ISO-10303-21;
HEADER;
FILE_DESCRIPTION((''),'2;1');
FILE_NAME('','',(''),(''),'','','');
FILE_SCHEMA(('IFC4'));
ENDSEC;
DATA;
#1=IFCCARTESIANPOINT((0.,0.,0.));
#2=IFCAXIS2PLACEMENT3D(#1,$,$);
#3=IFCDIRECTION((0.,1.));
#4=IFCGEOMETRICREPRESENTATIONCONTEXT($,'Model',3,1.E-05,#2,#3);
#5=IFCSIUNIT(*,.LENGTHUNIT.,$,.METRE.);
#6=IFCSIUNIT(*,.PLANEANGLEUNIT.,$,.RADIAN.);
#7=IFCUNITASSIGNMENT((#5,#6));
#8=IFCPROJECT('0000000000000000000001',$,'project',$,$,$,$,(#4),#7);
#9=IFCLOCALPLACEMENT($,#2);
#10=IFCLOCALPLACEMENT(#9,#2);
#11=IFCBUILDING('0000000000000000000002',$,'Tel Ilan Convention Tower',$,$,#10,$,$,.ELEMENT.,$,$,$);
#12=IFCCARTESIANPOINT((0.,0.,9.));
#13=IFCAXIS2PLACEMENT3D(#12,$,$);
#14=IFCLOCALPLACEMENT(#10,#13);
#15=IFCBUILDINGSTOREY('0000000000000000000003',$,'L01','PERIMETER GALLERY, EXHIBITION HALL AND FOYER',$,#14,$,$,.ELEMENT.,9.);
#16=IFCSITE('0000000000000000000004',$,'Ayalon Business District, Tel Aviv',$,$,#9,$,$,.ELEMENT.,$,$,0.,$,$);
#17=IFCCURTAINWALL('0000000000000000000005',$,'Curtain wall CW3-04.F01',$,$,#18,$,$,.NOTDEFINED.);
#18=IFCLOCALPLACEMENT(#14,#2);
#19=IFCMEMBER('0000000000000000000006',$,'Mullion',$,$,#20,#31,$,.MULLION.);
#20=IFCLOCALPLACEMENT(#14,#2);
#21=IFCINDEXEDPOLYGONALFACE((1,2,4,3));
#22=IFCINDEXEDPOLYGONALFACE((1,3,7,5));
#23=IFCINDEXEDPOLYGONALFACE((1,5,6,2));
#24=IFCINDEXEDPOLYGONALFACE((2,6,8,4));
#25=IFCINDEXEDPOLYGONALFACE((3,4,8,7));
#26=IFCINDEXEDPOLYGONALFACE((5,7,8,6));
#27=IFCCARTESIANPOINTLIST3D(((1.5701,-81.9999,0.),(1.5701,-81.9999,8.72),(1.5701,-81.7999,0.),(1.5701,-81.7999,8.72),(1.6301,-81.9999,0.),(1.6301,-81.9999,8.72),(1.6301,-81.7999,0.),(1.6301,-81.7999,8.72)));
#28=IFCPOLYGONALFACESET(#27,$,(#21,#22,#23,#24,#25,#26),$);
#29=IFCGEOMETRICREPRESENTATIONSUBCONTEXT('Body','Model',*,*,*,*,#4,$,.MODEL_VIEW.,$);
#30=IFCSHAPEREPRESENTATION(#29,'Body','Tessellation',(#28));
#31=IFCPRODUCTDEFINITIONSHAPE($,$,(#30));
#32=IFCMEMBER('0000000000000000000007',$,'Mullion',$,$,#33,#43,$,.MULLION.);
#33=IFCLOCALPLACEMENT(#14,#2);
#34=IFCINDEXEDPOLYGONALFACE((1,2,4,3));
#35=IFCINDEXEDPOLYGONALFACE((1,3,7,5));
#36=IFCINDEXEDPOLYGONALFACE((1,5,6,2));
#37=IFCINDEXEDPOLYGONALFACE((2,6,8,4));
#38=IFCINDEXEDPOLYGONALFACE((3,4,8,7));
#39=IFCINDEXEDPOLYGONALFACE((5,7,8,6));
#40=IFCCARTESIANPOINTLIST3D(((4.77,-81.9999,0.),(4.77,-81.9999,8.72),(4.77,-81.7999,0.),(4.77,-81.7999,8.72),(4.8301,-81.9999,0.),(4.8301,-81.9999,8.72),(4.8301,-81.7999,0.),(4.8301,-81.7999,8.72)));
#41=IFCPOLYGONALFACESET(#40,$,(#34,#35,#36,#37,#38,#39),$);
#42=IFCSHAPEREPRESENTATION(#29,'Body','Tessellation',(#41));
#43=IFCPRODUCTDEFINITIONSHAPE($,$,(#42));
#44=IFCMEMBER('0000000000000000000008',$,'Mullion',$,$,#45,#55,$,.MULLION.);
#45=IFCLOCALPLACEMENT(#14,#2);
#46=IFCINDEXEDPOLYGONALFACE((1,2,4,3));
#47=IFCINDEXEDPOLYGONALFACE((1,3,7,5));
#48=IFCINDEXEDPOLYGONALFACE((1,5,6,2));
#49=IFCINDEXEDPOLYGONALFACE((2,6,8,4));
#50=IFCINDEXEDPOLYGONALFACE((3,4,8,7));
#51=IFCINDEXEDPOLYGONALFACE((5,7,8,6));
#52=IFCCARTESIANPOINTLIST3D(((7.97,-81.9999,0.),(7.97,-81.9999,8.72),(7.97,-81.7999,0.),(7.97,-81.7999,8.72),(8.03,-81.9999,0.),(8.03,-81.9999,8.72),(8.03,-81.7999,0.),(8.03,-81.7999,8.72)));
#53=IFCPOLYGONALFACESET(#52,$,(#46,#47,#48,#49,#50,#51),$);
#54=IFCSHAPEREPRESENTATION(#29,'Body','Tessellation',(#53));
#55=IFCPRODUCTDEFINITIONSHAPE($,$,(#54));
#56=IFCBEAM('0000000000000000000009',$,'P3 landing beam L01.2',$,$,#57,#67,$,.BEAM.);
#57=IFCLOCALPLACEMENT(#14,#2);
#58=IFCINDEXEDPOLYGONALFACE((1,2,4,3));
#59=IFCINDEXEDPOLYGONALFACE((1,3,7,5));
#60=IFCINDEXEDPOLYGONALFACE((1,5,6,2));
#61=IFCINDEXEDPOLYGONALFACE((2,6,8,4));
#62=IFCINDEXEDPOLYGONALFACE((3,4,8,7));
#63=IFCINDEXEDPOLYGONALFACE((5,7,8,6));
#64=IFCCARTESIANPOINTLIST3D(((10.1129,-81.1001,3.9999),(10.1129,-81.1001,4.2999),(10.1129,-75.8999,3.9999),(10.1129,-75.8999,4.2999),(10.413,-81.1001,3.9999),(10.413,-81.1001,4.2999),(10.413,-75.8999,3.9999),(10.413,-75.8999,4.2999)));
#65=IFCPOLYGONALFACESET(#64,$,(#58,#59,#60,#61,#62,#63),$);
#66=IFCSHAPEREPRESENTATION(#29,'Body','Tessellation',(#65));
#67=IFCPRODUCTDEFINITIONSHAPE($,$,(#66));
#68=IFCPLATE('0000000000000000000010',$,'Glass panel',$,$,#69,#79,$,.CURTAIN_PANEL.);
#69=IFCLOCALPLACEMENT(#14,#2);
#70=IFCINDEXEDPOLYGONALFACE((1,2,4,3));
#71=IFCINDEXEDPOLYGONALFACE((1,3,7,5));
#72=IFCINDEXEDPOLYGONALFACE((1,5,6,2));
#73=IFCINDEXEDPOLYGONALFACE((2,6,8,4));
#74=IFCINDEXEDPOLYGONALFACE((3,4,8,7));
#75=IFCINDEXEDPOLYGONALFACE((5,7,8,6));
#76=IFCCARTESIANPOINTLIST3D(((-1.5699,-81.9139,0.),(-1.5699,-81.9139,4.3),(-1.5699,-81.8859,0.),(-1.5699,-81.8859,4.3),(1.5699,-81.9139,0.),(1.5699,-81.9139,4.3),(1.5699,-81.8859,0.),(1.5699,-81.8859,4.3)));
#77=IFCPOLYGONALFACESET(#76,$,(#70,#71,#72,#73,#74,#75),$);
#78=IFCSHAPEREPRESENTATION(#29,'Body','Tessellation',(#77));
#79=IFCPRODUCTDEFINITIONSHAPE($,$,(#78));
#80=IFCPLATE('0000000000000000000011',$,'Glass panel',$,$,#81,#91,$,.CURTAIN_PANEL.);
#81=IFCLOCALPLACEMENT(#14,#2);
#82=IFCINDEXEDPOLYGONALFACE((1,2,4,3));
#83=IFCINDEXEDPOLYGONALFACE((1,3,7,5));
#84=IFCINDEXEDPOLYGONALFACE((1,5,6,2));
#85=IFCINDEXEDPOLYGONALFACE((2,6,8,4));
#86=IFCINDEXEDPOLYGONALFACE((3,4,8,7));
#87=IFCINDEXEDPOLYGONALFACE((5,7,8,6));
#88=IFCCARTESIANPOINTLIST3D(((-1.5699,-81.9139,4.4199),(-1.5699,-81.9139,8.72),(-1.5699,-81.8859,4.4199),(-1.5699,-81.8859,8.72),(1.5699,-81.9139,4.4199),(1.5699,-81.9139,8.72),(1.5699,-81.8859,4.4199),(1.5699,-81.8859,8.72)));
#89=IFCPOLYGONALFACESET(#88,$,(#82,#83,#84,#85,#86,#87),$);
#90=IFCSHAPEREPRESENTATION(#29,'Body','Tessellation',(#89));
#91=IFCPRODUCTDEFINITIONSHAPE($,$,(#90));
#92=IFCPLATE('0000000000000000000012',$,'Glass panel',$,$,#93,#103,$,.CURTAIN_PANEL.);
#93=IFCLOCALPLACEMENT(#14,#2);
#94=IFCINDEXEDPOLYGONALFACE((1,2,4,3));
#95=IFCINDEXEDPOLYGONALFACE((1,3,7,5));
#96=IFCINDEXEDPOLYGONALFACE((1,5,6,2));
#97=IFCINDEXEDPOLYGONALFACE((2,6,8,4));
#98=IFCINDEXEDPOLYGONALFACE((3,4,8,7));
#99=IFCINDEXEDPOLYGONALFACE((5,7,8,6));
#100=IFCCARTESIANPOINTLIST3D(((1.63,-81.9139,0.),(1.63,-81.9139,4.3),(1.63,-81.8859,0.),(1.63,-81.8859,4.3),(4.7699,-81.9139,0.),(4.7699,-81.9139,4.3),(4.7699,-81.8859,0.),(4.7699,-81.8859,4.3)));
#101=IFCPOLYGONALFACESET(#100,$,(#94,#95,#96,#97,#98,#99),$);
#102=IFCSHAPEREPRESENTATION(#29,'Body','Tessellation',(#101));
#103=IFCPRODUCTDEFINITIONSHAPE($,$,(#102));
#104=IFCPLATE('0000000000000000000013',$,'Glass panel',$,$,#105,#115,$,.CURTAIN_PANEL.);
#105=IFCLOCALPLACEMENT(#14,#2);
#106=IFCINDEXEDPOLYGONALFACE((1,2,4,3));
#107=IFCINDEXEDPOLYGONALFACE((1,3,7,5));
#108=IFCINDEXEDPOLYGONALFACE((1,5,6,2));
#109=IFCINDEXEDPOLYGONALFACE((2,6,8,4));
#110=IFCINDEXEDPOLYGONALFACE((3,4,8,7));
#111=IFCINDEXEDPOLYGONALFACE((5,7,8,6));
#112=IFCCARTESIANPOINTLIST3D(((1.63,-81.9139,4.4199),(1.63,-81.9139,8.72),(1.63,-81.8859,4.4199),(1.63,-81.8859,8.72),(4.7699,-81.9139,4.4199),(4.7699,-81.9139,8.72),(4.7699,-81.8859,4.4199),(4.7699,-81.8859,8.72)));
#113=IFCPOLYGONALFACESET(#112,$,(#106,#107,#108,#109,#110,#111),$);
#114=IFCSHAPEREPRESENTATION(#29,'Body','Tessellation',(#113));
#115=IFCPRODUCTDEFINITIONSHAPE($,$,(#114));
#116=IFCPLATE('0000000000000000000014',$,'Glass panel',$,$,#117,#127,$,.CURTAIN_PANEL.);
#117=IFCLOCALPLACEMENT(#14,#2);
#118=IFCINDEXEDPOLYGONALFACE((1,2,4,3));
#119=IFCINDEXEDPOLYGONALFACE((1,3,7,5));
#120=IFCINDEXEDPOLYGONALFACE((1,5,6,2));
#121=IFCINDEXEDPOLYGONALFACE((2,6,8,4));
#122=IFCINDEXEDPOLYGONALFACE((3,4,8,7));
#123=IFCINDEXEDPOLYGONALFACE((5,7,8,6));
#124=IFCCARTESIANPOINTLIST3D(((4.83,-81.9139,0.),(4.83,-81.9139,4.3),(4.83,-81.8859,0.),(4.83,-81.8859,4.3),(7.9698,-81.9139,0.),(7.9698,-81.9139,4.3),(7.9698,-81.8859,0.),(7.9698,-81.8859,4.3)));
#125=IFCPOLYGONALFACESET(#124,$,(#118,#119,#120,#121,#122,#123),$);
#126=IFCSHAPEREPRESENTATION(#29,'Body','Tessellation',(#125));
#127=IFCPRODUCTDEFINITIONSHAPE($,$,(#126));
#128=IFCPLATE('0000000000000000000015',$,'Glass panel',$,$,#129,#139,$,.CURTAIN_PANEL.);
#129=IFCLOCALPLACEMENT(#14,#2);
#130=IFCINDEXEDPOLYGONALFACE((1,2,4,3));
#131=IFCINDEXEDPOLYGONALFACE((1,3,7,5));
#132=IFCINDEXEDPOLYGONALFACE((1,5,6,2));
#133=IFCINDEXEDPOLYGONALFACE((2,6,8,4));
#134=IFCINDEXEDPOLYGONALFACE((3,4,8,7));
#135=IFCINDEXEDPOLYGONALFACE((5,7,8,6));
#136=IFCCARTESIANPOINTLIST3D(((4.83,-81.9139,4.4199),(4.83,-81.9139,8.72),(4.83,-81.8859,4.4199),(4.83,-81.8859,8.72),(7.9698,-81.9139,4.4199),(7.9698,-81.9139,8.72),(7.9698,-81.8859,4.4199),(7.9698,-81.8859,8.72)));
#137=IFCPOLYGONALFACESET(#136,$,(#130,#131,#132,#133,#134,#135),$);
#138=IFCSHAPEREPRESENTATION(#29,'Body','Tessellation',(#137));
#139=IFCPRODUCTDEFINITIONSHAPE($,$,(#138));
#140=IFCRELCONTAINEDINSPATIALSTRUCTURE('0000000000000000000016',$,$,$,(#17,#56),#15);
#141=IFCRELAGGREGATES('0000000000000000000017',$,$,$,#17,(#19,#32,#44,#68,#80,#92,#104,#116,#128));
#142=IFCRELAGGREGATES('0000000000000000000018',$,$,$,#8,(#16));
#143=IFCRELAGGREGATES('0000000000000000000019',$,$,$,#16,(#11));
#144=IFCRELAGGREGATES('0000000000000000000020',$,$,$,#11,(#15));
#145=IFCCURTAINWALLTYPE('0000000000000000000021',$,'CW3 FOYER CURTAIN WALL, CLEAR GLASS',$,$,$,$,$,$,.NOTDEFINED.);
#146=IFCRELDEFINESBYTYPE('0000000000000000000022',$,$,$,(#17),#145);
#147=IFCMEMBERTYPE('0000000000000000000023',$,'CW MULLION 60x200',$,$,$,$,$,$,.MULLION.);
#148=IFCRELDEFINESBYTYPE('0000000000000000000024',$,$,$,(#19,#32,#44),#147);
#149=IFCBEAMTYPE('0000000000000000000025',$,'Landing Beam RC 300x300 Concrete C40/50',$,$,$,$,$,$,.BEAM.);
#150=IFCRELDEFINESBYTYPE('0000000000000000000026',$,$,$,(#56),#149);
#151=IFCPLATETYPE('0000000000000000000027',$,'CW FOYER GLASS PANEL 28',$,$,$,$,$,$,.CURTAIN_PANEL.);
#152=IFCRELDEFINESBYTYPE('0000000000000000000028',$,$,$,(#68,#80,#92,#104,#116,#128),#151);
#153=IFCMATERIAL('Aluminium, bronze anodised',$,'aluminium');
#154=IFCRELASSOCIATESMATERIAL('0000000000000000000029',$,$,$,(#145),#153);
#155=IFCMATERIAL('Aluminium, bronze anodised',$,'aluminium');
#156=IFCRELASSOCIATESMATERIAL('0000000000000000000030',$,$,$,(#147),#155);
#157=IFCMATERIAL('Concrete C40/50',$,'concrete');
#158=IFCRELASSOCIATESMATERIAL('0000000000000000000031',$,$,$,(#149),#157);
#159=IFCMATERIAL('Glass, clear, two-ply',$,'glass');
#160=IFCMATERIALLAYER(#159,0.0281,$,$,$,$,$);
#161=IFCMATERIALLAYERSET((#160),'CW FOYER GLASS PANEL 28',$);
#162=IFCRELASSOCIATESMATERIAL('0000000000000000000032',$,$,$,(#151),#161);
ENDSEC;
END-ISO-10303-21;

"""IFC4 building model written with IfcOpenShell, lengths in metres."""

from ifc_helpers import new_model, si_unit, direction, frame, origin, origin_2d, place, context, subcontext, project, spatial, rectangle, extrude, material, layer, layer_set, material_profile, profile_set, type_object, element, aggregate, save


model = new_model("IFC4")

# Units and contexts
model_context = context("Model", 3, precision=1e-05, world=origin(), true_north=direction((0.0, 1.0)))
body_context = subcontext(model_context, "Body", "Model", "MODEL_VIEW")
ifc_project = project(units=[si_unit("LENGTHUNIT", "METRE"), si_unit("PLANEANGLEUNIT", "RADIAN")], contexts=[model_context])

# Site, building, storey
site_placement = place(None, origin())
site = spatial("IfcSite", under=ifc_project, at=site_placement, Name="Ayalon Business District, Tel Aviv", CompositionType="ELEMENT", RefElevation=0.0)
building_placement = place(site_placement, origin())
building = spatial("IfcBuilding", under=site, at=building_placement, Name="Tel Ilan Convention Tower", CompositionType="ELEMENT")
storey_placement = place(building_placement, frame((0.0, 0.0, 9.0)))
storey = spatial("IfcBuildingStorey", under=building, at=storey_placement, Name="L01", Description="PERIMETER GALLERY, EXHIBITION HALL AND FOYER", CompositionType="ELEMENT", Elevation=9.0)

# Curtain wall, members
ifc_material_1 = material(Name="Aluminium, bronze anodised", Category="aluminium")
curtain_wall_type = type_object("IfcCurtainWallType", Name="CW3 FOYER CURTAIN WALL, CLEAR GLASS", PredefinedType="NOTDEFINED", material=ifc_material_1)
curtain_wall_placement = place(storey_placement, origin())
curtain_wall = element("IfcCurtainWall", 1, at=curtain_wall_placement, inside=storey, type_object=curtain_wall_type, Name="Curtain wall CW3-04.F01", PredefinedType="NOTDEFINED")
ifc_material_2 = material(Name="Aluminium, bronze anodised", Category="aluminium")
ifc_material_profile_1 = material_profile(ifc_material_2, rectangle(XDim=0.0601, YDim=0.2, at=origin_2d()), Name="CW MULLION 60x200")
ifc_profile_set_1 = profile_set([ifc_material_profile_1], Name="Aluminium, bronze anodised")
member_type = type_object("IfcMemberType", Name="CW MULLION 60x200", PredefinedType="MULLION", material=ifc_profile_set_1)
member_1_placement = place(storey_placement, frame((1.6001, -81.8999, 0.0), z_axis=(0.0, 0.0, 1.0), x_axis=(1.0, 0.0, 0.0)))
member_1 = element("IfcMember", 2, at=member_1_placement, type_object=member_type, Name="Mullion", PredefinedType="MULLION", context=body_context, shape_type="SweptSolid", body=[
    extrude(rectangle(XDim=0.0601, YDim=0.2, at=origin_2d()), origin(), (0.0, 0.0, 1.0), 8.72),
])
member_2_placement = place(storey_placement, frame((4.8, -81.8999, 0.0), z_axis=(0.0, 0.0, 1.0), x_axis=(1.0, 0.0, 0.0)))
member_2 = element("IfcMember", 3, at=member_2_placement, type_object=member_type, Name="Mullion", PredefinedType="MULLION", context=body_context, shape_type="SweptSolid", body=[
    extrude(rectangle(XDim=0.0601, YDim=0.2, at=origin_2d()), origin(), (0.0, 0.0, 1.0), 8.72),
])
member_3_placement = place(storey_placement, frame((8.0, -81.8999, 0.0), z_axis=(0.0, 0.0, 1.0), x_axis=(1.0, 0.0, 0.0)))
member_3 = element("IfcMember", 4, at=member_3_placement, type_object=member_type, Name="Mullion", PredefinedType="MULLION", context=body_context, shape_type="SweptSolid", body=[
    extrude(rectangle(XDim=0.0601, YDim=0.2, at=origin_2d()), origin(), (0.0, 0.0, 1.0), 8.72),
])

# Beam
ifc_material_3 = material(Name="Concrete C40/50", Category="concrete")
ifc_material_profile_2 = material_profile(ifc_material_3, rectangle(XDim=0.3, YDim=0.3, at=origin_2d()), Name="RC 300x300")
ifc_profile_set_2 = profile_set([ifc_material_profile_2], Name="Concrete C40/50")
beam_type = type_object("IfcBeamType", Name="Landing Beam RC 300x300 Concrete C40/50", PredefinedType="BEAM", material=ifc_profile_set_2)
beam_placement = place(storey_placement, frame((10.2629, -81.1001, 4.1499), z_axis=(0.0, 1.0, 0.0), x_axis=(-1.0, 0.0, 0.0)))
element("IfcBeam", 5, at=beam_placement, inside=storey, type_object=beam_type, Name="P3 landing beam L01.2", PredefinedType="BEAM", context=body_context, shape_type="SweptSolid", body=[
    extrude(rectangle(XDim=0.3, YDim=0.3, at=origin_2d()), origin(), (0.0, 0.0, 1.0), 5.2002),
])

# Plates
ifc_material_4 = material(Name="Glass, clear, two-ply", Category="glass")
ifc_layer_1 = layer(ifc_material_4, 0.0281)
ifc_layer_set_1 = layer_set([ifc_layer_1], Name="CW FOYER GLASS PANEL 28")
plate_type = type_object("IfcPlateType", Name="CW FOYER GLASS PANEL 28", PredefinedType="CURTAIN_PANEL", material=ifc_layer_set_1)
plate_1_placement = place(storey_placement, frame((0.0, -81.8999, 0.0), z_axis=(0.0, 0.0, 1.0), x_axis=(1.0, 0.0, 0.0)))
plate_1 = element("IfcPlate", 6, at=plate_1_placement, type_object=plate_type, Name="Glass panel", PredefinedType="CURTAIN_PANEL", context=body_context, shape_type="SweptSolid", body=[
    extrude(rectangle(XDim=3.1399, YDim=0.0281, at=origin_2d()), origin(), (0.0, 0.0, 1.0), 4.3),
])
plate_2_placement = place(storey_placement, frame((0.0, -81.8999, 4.4199), z_axis=(0.0, 0.0, 1.0), x_axis=(1.0, 0.0, 0.0)))
plate_2 = element("IfcPlate", 7, at=plate_2_placement, type_object=plate_type, Name="Glass panel", PredefinedType="CURTAIN_PANEL", context=body_context, shape_type="SweptSolid", body=[
    extrude(rectangle(XDim=3.1399, YDim=0.0281, at=origin_2d()), origin(), (0.0, 0.0, 1.0), 4.3),
])
plate_3_placement = place(storey_placement, frame((3.2, -81.8999, 0.0), z_axis=(0.0, 0.0, 1.0), x_axis=(1.0, 0.0, 0.0)))
plate_3 = element("IfcPlate", 8, at=plate_3_placement, type_object=plate_type, Name="Glass panel", PredefinedType="CURTAIN_PANEL", context=body_context, shape_type="SweptSolid", body=[
    extrude(rectangle(XDim=3.1399, YDim=0.0281, at=origin_2d()), origin(), (0.0, 0.0, 1.0), 4.3),
])
plate_4_placement = place(storey_placement, frame((3.2, -81.8999, 4.4199), z_axis=(0.0, 0.0, 1.0), x_axis=(1.0, 0.0, 0.0)))
plate_4 = element("IfcPlate", 9, at=plate_4_placement, type_object=plate_type, Name="Glass panel", PredefinedType="CURTAIN_PANEL", context=body_context, shape_type="SweptSolid", body=[
    extrude(rectangle(XDim=3.1399, YDim=0.0281, at=origin_2d()), origin(), (0.0, 0.0, 1.0), 4.3),
])
plate_5_placement = place(storey_placement, frame((6.3999, -81.8999, 0.0), z_axis=(0.0, 0.0, 1.0), x_axis=(1.0, 0.0, 0.0)))
plate_5 = element("IfcPlate", 10, at=plate_5_placement, type_object=plate_type, Name="Glass panel", PredefinedType="CURTAIN_PANEL", context=body_context, shape_type="SweptSolid", body=[
    extrude(rectangle(XDim=3.1399, YDim=0.0281, at=origin_2d()), origin(), (0.0, 0.0, 1.0), 4.3),
])
plate_6_placement = place(storey_placement, frame((6.3999, -81.8999, 4.4199), z_axis=(0.0, 0.0, 1.0), x_axis=(1.0, 0.0, 0.0)))
plate_6 = element("IfcPlate", 11, at=plate_6_placement, type_object=plate_type, Name="Glass panel", PredefinedType="CURTAIN_PANEL", context=body_context, shape_type="SweptSolid", body=[
    extrude(rectangle(XDim=3.1399, YDim=0.0281, at=origin_2d()), origin(), (0.0, 0.0, 1.0), 4.3),
])
aggregate(curtain_wall, [member_1, member_2, member_3, plate_1, plate_2, plate_3, plate_4, plate_5, plate_6])

save(model, "model.ifc")
